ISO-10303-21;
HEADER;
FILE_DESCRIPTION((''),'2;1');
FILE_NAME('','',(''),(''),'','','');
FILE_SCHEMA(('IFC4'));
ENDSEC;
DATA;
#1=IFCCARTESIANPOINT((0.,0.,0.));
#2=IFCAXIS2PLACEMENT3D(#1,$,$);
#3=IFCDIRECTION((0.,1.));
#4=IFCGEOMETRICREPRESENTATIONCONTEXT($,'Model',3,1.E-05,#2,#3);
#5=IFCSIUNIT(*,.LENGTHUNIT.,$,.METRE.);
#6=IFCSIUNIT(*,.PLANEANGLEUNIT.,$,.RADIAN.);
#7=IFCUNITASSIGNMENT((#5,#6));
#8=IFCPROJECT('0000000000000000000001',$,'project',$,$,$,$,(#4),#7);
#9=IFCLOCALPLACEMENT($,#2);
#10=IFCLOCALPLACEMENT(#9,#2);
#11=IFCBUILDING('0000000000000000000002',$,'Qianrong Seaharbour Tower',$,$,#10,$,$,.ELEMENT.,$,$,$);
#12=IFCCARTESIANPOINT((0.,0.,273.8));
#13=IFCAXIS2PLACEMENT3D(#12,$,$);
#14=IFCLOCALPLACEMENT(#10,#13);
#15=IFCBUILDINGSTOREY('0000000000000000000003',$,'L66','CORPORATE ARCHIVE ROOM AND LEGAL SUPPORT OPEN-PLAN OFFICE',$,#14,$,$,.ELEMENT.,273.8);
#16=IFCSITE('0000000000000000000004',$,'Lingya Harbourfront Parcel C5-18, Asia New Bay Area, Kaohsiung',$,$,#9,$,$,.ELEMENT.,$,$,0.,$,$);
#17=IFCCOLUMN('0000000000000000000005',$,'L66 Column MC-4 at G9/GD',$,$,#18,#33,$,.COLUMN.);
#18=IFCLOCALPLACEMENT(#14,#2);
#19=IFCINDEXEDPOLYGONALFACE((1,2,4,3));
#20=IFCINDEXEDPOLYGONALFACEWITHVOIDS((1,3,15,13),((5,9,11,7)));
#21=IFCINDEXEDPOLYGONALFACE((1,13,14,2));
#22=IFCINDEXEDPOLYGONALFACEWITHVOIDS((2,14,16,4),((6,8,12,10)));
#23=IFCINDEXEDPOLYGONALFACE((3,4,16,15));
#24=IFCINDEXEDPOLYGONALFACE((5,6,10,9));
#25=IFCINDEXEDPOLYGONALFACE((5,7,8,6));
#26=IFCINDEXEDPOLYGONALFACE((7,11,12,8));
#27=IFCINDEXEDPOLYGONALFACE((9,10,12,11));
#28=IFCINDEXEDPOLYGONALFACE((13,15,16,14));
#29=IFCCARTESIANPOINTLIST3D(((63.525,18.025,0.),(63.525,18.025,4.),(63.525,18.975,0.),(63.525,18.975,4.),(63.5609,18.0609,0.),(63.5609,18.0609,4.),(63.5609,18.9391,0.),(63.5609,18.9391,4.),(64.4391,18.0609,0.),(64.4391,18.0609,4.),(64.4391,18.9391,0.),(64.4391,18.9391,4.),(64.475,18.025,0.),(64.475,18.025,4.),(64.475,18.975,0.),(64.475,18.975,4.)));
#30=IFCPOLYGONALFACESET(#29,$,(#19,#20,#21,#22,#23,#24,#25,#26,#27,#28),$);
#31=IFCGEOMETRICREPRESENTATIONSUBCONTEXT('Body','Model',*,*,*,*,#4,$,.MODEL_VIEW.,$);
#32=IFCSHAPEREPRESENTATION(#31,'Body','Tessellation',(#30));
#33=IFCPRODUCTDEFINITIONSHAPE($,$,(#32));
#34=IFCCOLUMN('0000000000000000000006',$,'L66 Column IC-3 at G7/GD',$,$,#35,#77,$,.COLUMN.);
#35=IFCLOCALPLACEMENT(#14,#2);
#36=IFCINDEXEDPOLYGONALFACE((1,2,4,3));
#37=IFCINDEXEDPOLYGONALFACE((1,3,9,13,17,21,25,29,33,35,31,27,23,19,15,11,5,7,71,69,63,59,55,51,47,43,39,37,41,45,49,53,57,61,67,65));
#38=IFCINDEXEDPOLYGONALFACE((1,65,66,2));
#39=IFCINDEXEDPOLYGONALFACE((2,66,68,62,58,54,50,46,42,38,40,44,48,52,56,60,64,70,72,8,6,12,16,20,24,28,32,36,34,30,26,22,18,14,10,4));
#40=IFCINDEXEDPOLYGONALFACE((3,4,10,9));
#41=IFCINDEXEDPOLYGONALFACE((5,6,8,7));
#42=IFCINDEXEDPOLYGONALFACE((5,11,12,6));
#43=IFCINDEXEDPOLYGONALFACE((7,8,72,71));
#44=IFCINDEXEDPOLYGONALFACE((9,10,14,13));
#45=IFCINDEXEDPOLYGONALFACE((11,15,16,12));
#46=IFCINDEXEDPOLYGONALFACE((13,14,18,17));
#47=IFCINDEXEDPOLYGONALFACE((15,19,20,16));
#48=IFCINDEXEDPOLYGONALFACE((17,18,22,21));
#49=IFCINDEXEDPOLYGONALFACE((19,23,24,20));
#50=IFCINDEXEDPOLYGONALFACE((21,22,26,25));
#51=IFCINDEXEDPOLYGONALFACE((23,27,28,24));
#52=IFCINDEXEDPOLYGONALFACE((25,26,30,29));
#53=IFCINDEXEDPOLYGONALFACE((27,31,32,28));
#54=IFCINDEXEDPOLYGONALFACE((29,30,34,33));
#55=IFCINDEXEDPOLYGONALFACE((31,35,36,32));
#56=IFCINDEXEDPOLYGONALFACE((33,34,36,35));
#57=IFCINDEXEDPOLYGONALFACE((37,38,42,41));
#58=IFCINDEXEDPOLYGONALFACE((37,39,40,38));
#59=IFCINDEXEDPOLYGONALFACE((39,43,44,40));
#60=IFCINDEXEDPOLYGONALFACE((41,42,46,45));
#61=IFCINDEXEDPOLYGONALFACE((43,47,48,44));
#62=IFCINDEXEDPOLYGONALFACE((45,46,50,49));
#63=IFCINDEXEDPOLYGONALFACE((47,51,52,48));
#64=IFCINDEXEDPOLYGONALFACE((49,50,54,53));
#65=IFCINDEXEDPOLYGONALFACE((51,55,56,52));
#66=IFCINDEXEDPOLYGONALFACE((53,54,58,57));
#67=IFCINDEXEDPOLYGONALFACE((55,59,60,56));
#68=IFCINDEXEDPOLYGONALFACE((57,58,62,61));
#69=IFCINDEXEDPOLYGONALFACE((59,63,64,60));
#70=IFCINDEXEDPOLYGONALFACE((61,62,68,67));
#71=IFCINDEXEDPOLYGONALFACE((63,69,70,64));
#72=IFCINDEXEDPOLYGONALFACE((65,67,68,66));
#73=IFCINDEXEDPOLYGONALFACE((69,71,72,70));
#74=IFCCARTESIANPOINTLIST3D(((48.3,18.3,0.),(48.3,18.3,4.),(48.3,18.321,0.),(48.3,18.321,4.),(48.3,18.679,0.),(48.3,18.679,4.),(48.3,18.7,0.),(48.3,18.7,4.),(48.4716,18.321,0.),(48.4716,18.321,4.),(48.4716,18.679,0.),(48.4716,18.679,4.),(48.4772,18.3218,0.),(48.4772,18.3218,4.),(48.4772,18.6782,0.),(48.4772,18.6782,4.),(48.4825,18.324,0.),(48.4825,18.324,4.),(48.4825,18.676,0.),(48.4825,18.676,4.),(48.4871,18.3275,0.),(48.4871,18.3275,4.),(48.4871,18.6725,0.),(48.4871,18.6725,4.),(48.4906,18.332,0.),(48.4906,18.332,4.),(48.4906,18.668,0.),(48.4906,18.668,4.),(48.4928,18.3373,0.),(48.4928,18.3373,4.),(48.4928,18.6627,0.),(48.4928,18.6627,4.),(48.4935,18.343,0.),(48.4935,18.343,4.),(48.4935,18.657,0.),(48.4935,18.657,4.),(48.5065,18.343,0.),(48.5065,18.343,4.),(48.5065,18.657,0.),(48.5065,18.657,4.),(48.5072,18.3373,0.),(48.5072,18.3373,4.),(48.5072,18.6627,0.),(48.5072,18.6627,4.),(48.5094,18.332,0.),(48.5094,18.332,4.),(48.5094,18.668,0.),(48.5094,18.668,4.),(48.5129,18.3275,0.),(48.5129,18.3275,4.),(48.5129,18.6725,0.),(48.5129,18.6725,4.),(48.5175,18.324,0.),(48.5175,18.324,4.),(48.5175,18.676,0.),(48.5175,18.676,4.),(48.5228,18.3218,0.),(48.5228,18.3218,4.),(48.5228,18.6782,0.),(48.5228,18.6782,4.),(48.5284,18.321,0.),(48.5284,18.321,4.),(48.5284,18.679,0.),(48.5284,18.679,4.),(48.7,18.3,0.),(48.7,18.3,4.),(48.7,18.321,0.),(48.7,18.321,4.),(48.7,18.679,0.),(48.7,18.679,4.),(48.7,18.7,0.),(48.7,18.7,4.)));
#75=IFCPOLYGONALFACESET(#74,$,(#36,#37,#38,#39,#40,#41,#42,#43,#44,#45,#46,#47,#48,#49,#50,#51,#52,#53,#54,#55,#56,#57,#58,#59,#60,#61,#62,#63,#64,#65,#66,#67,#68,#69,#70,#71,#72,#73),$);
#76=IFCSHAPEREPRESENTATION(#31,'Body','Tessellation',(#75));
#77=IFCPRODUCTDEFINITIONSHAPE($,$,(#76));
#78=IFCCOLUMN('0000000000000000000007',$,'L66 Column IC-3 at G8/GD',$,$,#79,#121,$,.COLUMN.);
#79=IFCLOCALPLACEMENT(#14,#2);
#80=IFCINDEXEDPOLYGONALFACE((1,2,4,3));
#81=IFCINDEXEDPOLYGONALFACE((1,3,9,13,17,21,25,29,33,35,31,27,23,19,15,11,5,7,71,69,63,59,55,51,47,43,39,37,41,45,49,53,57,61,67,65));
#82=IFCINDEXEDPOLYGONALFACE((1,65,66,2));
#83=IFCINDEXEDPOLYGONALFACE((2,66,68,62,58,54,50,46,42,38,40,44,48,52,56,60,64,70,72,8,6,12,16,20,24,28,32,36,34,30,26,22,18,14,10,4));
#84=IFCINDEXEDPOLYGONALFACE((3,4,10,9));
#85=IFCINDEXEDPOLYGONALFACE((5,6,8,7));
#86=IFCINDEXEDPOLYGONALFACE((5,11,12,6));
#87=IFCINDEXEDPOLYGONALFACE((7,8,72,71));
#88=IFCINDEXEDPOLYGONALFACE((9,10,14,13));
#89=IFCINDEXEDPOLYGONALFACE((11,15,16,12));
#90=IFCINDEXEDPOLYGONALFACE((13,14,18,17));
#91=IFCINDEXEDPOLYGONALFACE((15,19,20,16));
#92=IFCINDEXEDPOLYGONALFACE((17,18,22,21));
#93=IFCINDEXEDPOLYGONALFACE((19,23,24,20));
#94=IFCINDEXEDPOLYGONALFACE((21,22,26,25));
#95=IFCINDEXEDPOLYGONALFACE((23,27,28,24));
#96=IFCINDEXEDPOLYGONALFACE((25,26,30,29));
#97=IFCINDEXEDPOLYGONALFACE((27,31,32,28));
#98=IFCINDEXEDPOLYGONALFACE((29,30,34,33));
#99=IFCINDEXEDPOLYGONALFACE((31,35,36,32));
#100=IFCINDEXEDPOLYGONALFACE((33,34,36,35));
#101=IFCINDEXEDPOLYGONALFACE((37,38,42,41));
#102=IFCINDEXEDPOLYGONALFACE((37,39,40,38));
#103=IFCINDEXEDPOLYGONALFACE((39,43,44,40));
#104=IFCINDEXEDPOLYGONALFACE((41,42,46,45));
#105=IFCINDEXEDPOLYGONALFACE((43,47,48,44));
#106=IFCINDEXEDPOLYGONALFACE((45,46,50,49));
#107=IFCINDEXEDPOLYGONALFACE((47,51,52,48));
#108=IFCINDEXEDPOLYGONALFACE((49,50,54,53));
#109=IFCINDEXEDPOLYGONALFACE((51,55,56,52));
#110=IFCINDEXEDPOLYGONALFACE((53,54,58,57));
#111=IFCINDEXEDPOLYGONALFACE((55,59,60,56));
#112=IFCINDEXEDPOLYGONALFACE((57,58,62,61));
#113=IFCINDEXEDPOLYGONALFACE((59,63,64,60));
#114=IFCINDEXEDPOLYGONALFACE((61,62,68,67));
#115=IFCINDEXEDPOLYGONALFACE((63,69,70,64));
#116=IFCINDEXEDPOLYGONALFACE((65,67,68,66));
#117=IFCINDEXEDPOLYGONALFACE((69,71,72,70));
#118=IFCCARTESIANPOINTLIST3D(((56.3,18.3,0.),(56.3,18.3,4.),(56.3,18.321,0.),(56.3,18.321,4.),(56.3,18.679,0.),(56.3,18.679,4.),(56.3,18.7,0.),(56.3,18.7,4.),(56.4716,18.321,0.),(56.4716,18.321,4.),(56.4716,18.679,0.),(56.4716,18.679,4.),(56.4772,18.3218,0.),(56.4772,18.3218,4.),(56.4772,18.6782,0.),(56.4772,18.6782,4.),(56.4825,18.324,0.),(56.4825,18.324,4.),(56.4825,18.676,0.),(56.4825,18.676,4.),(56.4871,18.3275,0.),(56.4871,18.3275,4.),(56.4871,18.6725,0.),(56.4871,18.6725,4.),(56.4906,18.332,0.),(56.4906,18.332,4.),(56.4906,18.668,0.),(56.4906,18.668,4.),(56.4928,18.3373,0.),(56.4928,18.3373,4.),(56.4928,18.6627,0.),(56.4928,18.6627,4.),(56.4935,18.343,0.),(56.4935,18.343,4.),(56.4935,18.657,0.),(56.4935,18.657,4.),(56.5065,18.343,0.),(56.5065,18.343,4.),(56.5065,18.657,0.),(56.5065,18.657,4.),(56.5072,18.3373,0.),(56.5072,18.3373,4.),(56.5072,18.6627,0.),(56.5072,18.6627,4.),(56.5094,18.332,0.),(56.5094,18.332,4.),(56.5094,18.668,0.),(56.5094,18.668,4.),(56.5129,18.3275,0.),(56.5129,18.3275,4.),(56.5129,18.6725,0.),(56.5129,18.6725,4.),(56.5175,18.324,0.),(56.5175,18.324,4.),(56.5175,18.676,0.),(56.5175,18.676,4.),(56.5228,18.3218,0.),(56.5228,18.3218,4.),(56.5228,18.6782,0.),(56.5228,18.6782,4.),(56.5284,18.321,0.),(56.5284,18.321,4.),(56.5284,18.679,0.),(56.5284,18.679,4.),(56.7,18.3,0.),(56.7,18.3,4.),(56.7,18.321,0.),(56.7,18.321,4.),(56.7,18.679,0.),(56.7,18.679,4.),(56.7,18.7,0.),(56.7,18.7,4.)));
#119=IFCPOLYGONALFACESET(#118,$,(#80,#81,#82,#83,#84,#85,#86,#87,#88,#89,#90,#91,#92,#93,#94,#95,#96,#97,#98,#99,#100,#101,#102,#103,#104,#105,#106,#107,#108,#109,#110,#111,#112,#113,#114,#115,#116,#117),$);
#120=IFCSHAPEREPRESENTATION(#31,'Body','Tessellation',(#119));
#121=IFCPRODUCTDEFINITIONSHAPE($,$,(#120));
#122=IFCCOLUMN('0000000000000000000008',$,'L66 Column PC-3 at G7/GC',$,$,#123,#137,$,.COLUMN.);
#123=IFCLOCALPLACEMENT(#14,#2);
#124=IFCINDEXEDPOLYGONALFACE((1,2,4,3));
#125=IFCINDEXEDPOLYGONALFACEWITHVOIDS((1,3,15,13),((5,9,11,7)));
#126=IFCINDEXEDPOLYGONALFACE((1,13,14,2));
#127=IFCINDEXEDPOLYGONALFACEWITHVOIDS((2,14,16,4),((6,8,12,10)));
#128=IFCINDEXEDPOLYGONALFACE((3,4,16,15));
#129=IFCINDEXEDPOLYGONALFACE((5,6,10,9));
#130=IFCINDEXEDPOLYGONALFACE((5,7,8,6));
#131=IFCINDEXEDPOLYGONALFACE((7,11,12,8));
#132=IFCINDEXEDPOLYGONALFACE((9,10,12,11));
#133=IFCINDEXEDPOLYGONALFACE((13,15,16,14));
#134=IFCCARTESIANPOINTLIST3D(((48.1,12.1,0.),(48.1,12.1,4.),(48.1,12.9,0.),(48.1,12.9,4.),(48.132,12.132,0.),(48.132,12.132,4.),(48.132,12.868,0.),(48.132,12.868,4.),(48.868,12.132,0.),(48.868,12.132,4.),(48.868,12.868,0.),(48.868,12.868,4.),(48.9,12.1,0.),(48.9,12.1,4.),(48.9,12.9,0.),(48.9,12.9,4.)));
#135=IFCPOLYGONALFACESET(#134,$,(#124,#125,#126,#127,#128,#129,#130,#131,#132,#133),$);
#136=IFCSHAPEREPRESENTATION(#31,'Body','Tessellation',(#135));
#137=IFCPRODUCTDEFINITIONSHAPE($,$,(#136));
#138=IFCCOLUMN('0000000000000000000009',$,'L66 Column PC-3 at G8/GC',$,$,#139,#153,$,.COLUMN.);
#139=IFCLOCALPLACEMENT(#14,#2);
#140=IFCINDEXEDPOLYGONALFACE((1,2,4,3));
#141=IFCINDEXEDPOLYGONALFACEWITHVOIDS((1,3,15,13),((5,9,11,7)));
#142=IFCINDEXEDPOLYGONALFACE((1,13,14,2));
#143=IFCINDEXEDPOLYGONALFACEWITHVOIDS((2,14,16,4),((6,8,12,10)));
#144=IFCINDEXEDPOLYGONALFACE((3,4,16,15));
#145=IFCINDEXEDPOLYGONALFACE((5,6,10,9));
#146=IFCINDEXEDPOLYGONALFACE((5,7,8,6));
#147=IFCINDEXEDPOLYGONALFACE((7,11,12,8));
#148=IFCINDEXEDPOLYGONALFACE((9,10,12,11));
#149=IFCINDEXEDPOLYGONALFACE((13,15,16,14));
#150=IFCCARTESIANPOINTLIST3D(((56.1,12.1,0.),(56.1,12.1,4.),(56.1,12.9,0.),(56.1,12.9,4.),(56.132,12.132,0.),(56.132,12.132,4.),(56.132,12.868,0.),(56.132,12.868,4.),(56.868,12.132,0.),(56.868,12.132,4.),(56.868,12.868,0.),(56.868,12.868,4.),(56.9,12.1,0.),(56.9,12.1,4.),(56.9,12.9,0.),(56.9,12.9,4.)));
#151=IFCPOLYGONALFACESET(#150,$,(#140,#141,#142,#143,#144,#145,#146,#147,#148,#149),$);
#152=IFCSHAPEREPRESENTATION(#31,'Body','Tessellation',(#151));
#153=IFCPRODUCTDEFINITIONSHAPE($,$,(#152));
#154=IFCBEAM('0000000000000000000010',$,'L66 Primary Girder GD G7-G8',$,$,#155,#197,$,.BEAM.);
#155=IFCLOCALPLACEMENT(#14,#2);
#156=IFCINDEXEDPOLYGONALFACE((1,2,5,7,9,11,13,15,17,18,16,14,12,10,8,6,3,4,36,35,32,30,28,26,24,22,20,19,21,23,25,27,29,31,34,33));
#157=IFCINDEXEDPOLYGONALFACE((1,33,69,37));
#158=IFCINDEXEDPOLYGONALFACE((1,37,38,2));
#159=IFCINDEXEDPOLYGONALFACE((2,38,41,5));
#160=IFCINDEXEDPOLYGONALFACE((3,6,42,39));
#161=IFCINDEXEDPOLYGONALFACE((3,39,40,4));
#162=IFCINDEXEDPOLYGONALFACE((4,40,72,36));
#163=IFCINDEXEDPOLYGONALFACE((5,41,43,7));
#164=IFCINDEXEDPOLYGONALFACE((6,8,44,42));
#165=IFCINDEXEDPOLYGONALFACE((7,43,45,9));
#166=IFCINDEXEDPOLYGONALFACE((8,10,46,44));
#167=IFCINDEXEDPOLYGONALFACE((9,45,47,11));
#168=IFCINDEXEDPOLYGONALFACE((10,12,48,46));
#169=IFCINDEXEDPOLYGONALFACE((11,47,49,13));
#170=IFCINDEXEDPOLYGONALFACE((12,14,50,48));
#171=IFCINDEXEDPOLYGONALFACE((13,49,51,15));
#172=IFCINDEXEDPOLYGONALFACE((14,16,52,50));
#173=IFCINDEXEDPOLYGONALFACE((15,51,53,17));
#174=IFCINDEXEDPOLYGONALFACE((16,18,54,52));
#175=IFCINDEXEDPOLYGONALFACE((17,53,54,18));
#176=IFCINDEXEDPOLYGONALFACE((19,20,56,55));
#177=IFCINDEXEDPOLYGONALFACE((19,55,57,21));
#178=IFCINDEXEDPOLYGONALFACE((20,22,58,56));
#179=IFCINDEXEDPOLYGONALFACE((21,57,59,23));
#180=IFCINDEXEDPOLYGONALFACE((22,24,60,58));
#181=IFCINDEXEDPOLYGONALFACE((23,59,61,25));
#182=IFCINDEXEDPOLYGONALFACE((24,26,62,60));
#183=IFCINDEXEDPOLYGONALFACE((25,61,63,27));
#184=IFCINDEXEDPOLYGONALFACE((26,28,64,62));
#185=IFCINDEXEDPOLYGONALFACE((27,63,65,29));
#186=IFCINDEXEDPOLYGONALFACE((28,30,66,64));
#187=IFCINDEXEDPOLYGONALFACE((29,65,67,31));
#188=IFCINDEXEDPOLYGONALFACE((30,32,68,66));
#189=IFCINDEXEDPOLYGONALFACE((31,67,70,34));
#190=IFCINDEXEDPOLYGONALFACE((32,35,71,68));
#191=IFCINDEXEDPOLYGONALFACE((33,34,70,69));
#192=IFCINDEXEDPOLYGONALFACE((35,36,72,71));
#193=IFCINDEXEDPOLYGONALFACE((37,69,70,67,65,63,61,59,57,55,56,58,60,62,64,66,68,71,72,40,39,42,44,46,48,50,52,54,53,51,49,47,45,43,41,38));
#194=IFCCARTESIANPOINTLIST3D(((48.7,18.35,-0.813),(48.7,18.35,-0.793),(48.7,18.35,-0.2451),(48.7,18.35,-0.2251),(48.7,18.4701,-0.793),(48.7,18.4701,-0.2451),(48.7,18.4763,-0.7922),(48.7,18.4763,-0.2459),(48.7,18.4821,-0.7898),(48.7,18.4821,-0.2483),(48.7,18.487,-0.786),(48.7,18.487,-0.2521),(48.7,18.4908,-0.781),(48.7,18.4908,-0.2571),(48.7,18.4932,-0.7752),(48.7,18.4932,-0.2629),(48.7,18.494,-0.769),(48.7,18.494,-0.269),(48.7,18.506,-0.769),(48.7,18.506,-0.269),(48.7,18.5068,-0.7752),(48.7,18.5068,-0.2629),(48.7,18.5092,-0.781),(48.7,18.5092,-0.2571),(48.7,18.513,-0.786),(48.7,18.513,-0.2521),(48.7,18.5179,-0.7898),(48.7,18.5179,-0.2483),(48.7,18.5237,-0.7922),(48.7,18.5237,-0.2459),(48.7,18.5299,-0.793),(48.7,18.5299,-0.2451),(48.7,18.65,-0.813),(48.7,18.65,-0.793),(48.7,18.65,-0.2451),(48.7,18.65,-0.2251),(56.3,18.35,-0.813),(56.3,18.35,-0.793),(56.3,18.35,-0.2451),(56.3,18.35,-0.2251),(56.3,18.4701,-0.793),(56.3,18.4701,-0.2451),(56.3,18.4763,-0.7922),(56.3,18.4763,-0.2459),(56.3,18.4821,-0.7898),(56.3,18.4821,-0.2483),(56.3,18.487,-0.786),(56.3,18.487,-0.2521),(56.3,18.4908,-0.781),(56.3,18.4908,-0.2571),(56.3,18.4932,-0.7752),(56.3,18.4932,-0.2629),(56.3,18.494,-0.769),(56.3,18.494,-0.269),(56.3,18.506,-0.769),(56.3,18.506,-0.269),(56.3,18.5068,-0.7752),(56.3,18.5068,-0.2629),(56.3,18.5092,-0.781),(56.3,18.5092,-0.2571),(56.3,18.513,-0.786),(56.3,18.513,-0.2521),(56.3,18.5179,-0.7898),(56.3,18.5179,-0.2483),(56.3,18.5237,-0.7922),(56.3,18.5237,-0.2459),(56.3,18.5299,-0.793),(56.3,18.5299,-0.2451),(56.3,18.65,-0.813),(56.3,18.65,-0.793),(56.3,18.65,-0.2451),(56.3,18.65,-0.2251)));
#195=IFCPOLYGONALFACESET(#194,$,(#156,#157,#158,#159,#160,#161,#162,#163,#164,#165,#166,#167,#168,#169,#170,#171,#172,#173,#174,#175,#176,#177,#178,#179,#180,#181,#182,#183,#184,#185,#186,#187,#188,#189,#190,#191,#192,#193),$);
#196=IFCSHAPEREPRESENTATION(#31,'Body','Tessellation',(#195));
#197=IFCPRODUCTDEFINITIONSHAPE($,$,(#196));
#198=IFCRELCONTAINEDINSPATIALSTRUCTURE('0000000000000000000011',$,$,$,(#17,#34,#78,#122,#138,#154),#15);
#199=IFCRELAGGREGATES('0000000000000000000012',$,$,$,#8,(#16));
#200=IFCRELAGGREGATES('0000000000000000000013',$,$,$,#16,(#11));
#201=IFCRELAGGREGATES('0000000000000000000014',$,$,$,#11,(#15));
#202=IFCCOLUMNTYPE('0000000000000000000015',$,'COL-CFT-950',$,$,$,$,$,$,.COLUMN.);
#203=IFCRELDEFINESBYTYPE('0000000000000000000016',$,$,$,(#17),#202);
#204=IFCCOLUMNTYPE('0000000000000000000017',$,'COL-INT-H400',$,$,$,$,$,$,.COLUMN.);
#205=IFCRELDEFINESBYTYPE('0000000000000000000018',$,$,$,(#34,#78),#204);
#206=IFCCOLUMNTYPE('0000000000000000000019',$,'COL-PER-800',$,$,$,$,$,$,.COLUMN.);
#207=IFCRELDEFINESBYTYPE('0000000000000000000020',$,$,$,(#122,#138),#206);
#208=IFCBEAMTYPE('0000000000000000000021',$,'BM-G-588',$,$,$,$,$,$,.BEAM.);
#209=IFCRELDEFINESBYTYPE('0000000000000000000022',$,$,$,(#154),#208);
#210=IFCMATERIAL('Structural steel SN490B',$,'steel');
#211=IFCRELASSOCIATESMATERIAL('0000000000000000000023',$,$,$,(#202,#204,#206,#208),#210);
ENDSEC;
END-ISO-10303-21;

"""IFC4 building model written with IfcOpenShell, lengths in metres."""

from ifc_helpers import new_model, si_unit, direction, frame, origin, origin_2d, place, context, subcontext, project, spatial, hollow_rectangle, i_section, extrude, material, material_profile, profile_set, type_object, element, save


model = new_model("IFC4")

# Units and contexts
model_context = context("Model", 3, precision=1e-05, world=origin(), true_north=direction((0.0, 1.0)))
body_context = subcontext(model_context, "Body", "Model", "MODEL_VIEW")
ifc_project = project(units=[si_unit("LENGTHUNIT", "METRE"), si_unit("PLANEANGLEUNIT", "RADIAN")], contexts=[model_context])

# Site, building, storey
site_placement = place(None, origin())
site = spatial("IfcSite", under=ifc_project, at=site_placement, Name="Lingya Harbourfront Parcel C5-18, Asia New Bay Area, Kaohsiung", CompositionType="ELEMENT", RefElevation=0.0)
building_placement = place(site_placement, origin())
building = spatial("IfcBuilding", under=site, at=building_placement, Name="Qianrong Seaharbour Tower", CompositionType="ELEMENT")
storey_placement = place(building_placement, frame((0.0, 0.0, 273.8)))
storey = spatial("IfcBuildingStorey", under=building, at=storey_placement, Name="L66", Description="CORPORATE ARCHIVE ROOM AND LEGAL SUPPORT OPEN-PLAN OFFICE", CompositionType="ELEMENT", Elevation=273.8)

# Columns
ifc_material_1 = material(Name="Structural steel SN490B", Category="steel")
ifc_material_profile_1 = material_profile(ifc_material_1, hollow_rectangle(XDim=0.95, YDim=0.95, WallThickness=0.0359, at=origin_2d()), Name="BOX950x950x36")
ifc_profile_set_1 = profile_set([ifc_material_profile_1], Name="Structural steel SN490B")
column_type_1 = type_object("IfcColumnType", Name="COL-CFT-950", PredefinedType="COLUMN", material=ifc_profile_set_1)
column_placement = place(storey_placement, frame((64.0, 18.5, 0.0), z_axis=(0.0, 0.0, 1.0), x_axis=(1.0, 0.0, 0.0)))
element("IfcColumn", 1, at=column_placement, inside=storey, type_object=column_type_1, Name="L66 Column MC-4 at G9/GD", PredefinedType="COLUMN", context=body_context, shape_type="SweptSolid", body=[
    extrude(hollow_rectangle(XDim=0.95, YDim=0.95, WallThickness=0.0359, at=origin_2d()), origin(), (0.0, 0.0, 1.0), 4.0),
])
ifc_material_profile_2 = material_profile(ifc_material_1, i_section(OverallWidth=0.3999, OverallDepth=0.3999, WebThickness=0.0129, FlangeThickness=0.021, FilletRadius=0.022, at=origin_2d()), Name="H400x400x13x21")
ifc_profile_set_2 = profile_set([ifc_material_profile_2], Name="Structural steel SN490B")
column_type_2 = type_object("IfcColumnType", Name="COL-INT-H400", PredefinedType="COLUMN", material=ifc_profile_set_2)
for number, where, z_axis, x_axis, name in (
    (2, (48.5, 18.5, 0.0), (0.0, 0.0, 1.0), (1.0, 0.0, 0.0), "L66 Column IC-3 at G7/GD"),
    (3, (56.5, 18.5, 0.0), (0.0, 0.0, 1.0), (1.0, 0.0, 0.0), "L66 Column IC-3 at G8/GD"),
):
    element("IfcColumn", number, at=place(storey_placement, frame(where, z_axis=z_axis, x_axis=x_axis)), inside=storey, type_object=column_type_2, Name=name, PredefinedType="COLUMN", context=body_context, shape_type="SweptSolid", body=[
        extrude(i_section(OverallWidth=0.3999, OverallDepth=0.3999, WebThickness=0.0129, FlangeThickness=0.021, FilletRadius=0.022, at=origin_2d()), origin(), (0.0, 0.0, 1.0), 4.0),
    ])
ifc_material_profile_3 = material_profile(ifc_material_1, hollow_rectangle(XDim=0.8, YDim=0.8, WallThickness=0.032, at=origin_2d()), Name="BOX800x800x32")
ifc_profile_set_3 = profile_set([ifc_material_profile_3], Name="Structural steel SN490B")
column_type_3 = type_object("IfcColumnType", Name="COL-PER-800", PredefinedType="COLUMN", material=ifc_profile_set_3)
for number, where, z_axis, x_axis, name in (
    (4, (48.5, 12.5, 0.0), (0.0, 0.0, 1.0), (1.0, 0.0, 0.0), "L66 Column PC-3 at G7/GC"),
    (5, (56.5, 12.5, 0.0), (0.0, 0.0, 1.0), (1.0, 0.0, 0.0), "L66 Column PC-3 at G8/GC"),
):
    element("IfcColumn", number, at=place(storey_placement, frame(where, z_axis=z_axis, x_axis=x_axis)), inside=storey, type_object=column_type_3, Name=name, PredefinedType="COLUMN", context=body_context, shape_type="SweptSolid", body=[
        extrude(hollow_rectangle(XDim=0.8, YDim=0.8, WallThickness=0.032, at=origin_2d()), origin(), (0.0, 0.0, 1.0), 4.0),
    ])

# Beam
ifc_material_profile_4 = material_profile(ifc_material_1, i_section(OverallWidth=0.3, OverallDepth=0.5879, WebThickness=0.012, FlangeThickness=0.02, FilletRadius=0.0239, at=origin_2d()), Name="H588x300x12x20")
ifc_profile_set_4 = profile_set([ifc_material_profile_4], Name="Structural steel SN490B")
beam_type_1 = type_object("IfcBeamType", Name="BM-G-588", PredefinedType="BEAM", material=ifc_profile_set_4)
beam_1_placement = place(storey_placement, frame((48.7, 18.5, -0.519), z_axis=(1.0, 0.0, 0.0), x_axis=(0.0, 1.0, 0.0)))
element("IfcBeam", 6, at=beam_1_placement, inside=storey, type_object=beam_type_1, Name="L66 Primary Girder GD G7-G8", PredefinedType="BEAM", context=body_context, shape_type="SweptSolid", body=[
    extrude(i_section(OverallWidth=0.3, OverallDepth=0.5879, WebThickness=0.012, FlangeThickness=0.02, FilletRadius=0.0239, at=origin_2d()), origin(), (0.0, 0.0, 1.0), 7.6001),
])

save(model, "model.ifc")
